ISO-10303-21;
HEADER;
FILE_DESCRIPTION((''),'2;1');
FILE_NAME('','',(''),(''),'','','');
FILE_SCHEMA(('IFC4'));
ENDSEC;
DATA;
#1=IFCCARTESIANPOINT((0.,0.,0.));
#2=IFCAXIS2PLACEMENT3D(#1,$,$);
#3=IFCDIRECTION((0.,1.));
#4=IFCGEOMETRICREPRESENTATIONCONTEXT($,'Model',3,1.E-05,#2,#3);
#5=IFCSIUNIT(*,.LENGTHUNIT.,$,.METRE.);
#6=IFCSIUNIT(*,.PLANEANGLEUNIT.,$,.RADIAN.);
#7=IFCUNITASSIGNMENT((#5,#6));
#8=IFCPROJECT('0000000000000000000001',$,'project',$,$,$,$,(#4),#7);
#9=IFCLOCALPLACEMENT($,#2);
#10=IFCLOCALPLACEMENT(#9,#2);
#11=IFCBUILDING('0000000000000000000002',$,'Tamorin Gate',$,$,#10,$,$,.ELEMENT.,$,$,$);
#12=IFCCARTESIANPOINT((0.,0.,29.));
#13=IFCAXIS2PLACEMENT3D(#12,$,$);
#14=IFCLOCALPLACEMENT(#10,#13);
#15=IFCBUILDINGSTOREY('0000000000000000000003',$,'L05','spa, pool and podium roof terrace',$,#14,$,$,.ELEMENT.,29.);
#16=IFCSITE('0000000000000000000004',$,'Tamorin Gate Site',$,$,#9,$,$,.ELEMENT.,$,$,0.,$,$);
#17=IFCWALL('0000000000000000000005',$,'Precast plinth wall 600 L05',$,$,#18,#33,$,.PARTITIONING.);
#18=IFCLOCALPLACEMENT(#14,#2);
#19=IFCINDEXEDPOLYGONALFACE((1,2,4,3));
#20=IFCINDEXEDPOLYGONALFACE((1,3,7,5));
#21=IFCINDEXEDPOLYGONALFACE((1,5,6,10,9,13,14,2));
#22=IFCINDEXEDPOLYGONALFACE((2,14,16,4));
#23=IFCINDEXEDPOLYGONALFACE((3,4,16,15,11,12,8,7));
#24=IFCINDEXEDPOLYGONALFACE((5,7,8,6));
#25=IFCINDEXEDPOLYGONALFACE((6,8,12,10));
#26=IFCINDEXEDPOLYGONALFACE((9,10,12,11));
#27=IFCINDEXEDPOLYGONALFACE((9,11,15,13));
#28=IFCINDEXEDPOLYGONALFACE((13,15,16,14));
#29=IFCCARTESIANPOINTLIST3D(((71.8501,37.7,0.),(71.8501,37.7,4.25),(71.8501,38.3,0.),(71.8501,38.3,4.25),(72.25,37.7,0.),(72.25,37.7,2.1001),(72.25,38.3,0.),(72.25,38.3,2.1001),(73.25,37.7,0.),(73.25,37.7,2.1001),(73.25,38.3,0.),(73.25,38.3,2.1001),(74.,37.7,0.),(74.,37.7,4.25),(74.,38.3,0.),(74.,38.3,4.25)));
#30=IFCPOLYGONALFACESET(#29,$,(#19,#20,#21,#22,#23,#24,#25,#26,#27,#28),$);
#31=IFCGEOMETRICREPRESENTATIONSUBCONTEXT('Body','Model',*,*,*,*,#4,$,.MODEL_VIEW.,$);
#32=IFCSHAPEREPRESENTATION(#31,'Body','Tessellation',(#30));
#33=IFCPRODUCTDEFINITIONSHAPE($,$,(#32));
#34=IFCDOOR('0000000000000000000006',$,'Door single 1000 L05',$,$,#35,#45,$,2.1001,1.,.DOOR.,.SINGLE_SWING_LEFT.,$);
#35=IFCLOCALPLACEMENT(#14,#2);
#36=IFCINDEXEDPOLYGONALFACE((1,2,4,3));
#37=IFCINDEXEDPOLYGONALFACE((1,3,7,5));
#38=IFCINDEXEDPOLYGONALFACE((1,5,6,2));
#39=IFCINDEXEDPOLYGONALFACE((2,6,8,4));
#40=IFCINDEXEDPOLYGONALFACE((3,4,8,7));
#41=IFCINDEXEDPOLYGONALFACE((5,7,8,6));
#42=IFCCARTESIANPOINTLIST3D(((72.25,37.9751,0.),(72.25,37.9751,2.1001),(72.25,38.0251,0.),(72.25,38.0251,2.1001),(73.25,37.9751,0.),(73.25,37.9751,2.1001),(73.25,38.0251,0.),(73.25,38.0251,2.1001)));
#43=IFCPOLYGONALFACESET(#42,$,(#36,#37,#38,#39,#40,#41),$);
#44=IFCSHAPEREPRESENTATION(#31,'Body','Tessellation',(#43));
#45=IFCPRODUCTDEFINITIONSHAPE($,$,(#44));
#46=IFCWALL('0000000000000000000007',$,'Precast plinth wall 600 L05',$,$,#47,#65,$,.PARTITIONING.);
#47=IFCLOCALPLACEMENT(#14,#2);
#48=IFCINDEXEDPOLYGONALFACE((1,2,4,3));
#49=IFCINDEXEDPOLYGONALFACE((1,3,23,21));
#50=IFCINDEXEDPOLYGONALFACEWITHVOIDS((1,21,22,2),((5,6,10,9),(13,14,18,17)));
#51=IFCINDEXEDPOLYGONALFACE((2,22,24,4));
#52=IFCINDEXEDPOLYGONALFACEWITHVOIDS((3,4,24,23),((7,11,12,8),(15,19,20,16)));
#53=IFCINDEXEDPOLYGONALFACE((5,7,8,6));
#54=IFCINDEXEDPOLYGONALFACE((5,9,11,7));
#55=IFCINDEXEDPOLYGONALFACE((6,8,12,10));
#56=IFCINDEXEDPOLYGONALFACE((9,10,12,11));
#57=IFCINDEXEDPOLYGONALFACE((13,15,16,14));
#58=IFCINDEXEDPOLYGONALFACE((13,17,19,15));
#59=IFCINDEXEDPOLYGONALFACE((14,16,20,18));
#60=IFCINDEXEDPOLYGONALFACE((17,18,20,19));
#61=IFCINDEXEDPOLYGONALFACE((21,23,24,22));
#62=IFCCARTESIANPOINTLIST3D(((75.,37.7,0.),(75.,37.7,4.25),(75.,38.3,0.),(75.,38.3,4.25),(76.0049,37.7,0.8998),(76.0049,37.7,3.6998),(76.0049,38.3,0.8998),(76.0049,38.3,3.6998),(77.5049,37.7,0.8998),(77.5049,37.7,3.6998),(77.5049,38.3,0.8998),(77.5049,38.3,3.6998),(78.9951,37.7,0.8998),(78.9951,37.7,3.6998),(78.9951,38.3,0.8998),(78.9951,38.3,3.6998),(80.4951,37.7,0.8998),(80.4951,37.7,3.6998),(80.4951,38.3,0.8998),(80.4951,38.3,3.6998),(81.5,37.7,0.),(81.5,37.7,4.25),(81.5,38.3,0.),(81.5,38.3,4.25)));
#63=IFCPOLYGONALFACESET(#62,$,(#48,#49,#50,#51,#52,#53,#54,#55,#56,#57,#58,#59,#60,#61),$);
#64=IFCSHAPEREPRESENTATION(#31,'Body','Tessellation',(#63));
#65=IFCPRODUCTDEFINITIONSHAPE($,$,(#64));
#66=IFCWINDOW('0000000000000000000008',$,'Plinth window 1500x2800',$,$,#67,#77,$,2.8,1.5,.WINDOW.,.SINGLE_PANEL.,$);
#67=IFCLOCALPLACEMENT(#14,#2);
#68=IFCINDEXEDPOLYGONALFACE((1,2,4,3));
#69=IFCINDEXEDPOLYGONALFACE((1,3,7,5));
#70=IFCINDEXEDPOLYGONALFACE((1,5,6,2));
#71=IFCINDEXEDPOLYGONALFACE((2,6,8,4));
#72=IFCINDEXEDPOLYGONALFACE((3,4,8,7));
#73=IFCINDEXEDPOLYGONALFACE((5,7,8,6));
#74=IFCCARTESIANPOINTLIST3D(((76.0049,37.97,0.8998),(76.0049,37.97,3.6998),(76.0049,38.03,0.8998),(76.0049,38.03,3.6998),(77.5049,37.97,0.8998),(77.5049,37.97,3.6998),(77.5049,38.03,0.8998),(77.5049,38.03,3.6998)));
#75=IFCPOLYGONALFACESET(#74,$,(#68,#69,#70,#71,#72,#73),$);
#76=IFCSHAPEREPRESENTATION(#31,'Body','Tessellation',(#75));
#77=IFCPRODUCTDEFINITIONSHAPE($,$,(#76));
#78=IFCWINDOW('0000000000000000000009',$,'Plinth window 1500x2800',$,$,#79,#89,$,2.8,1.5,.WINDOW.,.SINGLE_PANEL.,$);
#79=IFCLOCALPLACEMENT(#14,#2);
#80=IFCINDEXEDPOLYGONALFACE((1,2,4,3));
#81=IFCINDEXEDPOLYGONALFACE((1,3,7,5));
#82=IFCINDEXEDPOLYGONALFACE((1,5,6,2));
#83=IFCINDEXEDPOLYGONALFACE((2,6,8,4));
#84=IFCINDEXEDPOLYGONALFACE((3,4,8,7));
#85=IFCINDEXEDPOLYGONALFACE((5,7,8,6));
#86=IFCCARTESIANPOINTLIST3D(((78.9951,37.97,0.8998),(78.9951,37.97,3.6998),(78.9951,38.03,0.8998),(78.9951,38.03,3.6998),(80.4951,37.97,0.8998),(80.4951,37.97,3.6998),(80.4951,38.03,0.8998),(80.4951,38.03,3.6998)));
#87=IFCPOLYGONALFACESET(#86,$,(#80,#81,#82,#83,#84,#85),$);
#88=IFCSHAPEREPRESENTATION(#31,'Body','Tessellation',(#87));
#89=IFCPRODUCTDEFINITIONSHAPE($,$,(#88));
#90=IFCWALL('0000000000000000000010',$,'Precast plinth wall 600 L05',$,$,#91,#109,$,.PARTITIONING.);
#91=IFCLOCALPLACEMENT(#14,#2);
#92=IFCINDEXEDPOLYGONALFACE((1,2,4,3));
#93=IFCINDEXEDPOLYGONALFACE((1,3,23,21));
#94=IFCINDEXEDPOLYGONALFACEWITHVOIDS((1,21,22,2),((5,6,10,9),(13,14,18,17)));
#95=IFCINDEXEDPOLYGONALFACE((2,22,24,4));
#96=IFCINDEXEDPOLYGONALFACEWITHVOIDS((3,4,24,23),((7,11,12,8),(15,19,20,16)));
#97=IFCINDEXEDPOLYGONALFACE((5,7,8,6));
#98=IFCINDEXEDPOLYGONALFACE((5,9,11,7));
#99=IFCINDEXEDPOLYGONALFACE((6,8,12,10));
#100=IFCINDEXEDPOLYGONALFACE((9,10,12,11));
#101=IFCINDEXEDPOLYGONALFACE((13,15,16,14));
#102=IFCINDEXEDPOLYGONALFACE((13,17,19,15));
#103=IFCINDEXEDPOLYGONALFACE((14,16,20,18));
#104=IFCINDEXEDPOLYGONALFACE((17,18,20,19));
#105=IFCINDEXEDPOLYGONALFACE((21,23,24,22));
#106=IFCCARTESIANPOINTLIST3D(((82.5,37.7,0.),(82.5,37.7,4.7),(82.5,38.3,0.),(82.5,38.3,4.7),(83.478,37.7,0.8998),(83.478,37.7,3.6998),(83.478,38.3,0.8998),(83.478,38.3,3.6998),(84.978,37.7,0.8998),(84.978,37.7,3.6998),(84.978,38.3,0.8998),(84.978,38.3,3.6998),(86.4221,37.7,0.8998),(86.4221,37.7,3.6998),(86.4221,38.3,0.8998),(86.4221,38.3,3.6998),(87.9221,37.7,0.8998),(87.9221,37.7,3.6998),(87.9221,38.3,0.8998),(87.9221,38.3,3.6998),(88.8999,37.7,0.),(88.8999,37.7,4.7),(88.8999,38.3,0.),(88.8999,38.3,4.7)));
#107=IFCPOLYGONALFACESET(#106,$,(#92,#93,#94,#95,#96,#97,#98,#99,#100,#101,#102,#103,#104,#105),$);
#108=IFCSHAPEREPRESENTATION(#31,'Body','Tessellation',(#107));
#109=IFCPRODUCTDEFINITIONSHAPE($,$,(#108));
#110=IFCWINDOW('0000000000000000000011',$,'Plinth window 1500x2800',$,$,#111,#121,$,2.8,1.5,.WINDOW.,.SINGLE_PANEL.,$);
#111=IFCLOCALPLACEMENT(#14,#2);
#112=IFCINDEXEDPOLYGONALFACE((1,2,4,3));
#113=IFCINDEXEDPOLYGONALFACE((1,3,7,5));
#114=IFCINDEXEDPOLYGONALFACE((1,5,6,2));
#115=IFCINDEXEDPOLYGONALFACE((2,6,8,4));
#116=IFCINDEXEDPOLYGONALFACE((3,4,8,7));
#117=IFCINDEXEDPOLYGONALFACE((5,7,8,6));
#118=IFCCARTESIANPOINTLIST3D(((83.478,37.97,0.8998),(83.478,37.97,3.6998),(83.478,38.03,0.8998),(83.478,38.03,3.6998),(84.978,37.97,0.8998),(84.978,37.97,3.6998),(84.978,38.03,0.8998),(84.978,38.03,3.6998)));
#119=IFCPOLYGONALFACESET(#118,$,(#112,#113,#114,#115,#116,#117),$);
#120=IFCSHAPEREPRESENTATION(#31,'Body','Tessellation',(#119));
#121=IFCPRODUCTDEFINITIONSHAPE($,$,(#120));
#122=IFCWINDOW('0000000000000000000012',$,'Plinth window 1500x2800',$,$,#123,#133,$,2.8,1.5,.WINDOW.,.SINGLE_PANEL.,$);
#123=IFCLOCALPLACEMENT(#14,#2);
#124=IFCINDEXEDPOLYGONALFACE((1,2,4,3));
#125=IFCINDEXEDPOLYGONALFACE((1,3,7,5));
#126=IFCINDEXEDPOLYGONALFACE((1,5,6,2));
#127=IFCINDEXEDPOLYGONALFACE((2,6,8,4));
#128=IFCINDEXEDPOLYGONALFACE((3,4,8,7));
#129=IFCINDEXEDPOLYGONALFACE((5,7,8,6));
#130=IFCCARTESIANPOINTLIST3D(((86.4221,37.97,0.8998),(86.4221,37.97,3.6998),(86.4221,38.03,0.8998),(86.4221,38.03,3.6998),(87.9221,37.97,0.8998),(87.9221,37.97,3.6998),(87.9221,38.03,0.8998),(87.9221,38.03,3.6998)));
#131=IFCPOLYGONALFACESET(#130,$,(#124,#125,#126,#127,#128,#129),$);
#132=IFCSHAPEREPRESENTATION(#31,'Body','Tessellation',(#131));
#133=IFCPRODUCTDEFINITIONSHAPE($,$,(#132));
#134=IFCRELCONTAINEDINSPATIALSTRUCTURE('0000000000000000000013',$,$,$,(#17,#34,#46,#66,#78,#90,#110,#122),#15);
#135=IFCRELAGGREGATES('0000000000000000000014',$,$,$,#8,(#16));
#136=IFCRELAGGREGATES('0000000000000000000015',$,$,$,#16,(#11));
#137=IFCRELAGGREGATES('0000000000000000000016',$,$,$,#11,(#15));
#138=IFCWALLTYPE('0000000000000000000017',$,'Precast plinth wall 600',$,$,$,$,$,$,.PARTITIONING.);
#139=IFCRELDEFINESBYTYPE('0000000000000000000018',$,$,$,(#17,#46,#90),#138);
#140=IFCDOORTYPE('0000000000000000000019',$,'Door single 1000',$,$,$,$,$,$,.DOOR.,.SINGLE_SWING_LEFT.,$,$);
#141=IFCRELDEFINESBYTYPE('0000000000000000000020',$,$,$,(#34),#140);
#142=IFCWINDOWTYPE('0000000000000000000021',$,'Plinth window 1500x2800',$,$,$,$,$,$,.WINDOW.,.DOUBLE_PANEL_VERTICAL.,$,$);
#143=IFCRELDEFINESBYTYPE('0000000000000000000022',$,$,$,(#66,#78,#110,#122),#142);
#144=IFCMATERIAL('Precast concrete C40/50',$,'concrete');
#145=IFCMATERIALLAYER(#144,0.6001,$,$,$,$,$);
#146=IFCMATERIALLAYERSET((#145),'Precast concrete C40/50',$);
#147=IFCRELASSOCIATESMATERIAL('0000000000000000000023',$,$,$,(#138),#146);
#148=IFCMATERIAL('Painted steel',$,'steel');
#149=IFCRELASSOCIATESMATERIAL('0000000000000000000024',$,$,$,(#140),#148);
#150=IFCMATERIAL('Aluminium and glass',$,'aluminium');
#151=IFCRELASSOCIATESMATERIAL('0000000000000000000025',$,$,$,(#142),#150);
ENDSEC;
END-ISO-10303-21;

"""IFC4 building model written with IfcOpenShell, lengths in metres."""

from ifc_helpers import new_model, si_unit, direction, frame, frame_2d, origin, place, context, subcontext, project, spatial, rectangle, extrude, material, layer, layer_set, type_object, element, fill, save


model = new_model("IFC4")

# Units and contexts
model_context = context("Model", 3, precision=1e-05, world=origin(), true_north=direction((0.0, 1.0)))
body_context = subcontext(model_context, "Body", "Model", "MODEL_VIEW")
ifc_project = project(units=[si_unit("LENGTHUNIT", "METRE"), si_unit("PLANEANGLEUNIT", "RADIAN")], contexts=[model_context])

# Site, building, storey
site_placement = place(None, origin())
site = spatial("IfcSite", under=ifc_project, at=site_placement, Name="Tamorin Gate Site", CompositionType="ELEMENT", RefElevation=0.0)
building_placement = place(site_placement, origin())
building = spatial("IfcBuilding", under=site, at=building_placement, Name="Tamorin Gate", CompositionType="ELEMENT")
storey_placement = place(building_placement, frame((0.0, 0.0, 29.0)))
storey = spatial("IfcBuildingStorey", under=building, at=storey_placement, Name="L05", Description="spa, pool and podium roof terrace", CompositionType="ELEMENT", Elevation=29.0)

# Wall, opening, door
ifc_material_1 = material(Name="Precast concrete C40/50", Category="concrete")
ifc_layer_1 = layer(ifc_material_1, 0.6001)
ifc_layer_set_1 = layer_set([ifc_layer_1], Name="Precast concrete C40/50")
wall_type_1 = type_object("IfcWallType", Name="Precast plinth wall 600", PredefinedType="PARTITIONING", material=ifc_layer_set_1)
wall_1_placement = place(storey_placement, frame((74.0, 38.0, 0.0), z_axis=(0.0, 0.0, 1.0), x_axis=(-1.0, 0.0, 0.0)))
wall_1 = element("IfcWall", 1, at=wall_1_placement, inside=storey, type_object=wall_type_1, Name="Precast plinth wall 600 L05", PredefinedType="PARTITIONING", context=body_context, shape_type="SweptSolid", body=[
    extrude(rectangle(XDim=2.1499, YDim=0.6001, at=frame_2d((1.075, 0.0))), origin(), (0.0, 0.0, 1.0), 4.25),
])
opening_1_placement = place(wall_1_placement, frame((0.75, 0.0, 0.0)))
opening_1 = element("IfcOpeningElement", 2, at=opening_1_placement, cuts=wall_1, PredefinedType="OPENING", context=body_context, shape_type="SweptSolid", body=[
    extrude(rectangle(XDim=1.0, YDim=2.1001, at=frame_2d((0.5, 1.05))), frame((0.0, 0.3101, 0.0), z_axis=(0.0, -1.0, 0.0), x_axis=(1.0, 0.0, 0.0)), (0.0, 0.0, 1.0), 0.6201),
])
ifc_material_2 = material(Name="Painted steel", Category="steel")
door_type = type_object("IfcDoorType", Name="Door single 1000", OperationType="SINGLE_SWING_LEFT", PredefinedType="DOOR", material=ifc_material_2)
door_placement = place(opening_1_placement, origin())
door = element("IfcDoor", 3, at=door_placement, inside=storey, type_object=door_type, Name="Door single 1000 L05", OperationType="SINGLE_SWING_LEFT", OverallHeight=2.1001, OverallWidth=1.0, PredefinedType="DOOR", context=body_context, shape_type="SweptSolid", body=[
    extrude(rectangle(XDim=1.0, YDim=2.1001, at=frame_2d((0.5, 1.05))), frame((0.0, 0.0249, 0.0), z_axis=(0.0, -1.0, 0.0), x_axis=(1.0, 0.0, 0.0)), (0.0, 0.0, 1.0), 0.05),
])
fill(opening_1, door)

# Walls, openings, windows
wall_2_placement = place(storey_placement, frame((75.0, 38.0, 0.0), z_axis=(0.0, 0.0, 1.0), x_axis=(1.0, 0.0, 0.0)))
wall_2 = element("IfcWall", 4, at=wall_2_placement, inside=storey, type_object=wall_type_1, Name="Precast plinth wall 600 L05", PredefinedType="PARTITIONING", context=body_context, shape_type="SweptSolid", body=[
    extrude(rectangle(XDim=6.5, YDim=0.6001, at=frame_2d((3.25, 0.0))), origin(), (0.0, 0.0, 1.0), 4.25),
])
opening_2_placement = place(wall_2_placement, frame((1.0049, 0.0, 0.8999)))
opening_2 = element("IfcOpeningElement", 5, at=opening_2_placement, cuts=wall_2, PredefinedType="OPENING", context=body_context, shape_type="SweptSolid", body=[
    extrude(rectangle(XDim=1.5, YDim=2.8, at=frame_2d((0.75, 1.3999))), frame((0.0, 0.3101, 0.0), z_axis=(0.0, -1.0, 0.0), x_axis=(1.0, 0.0, 0.0)), (0.0, 0.0, 1.0), 0.6201),
])
opening_3_placement = place(wall_2_placement, frame((3.9951, 0.0, 0.8999)))
opening_3 = element("IfcOpeningElement", 6, at=opening_3_placement, cuts=wall_2, PredefinedType="OPENING", context=body_context, shape_type="SweptSolid", body=[
    extrude(rectangle(XDim=1.5, YDim=2.8, at=frame_2d((0.75, 1.3999))), frame((0.0, 0.3101, 0.0), z_axis=(0.0, -1.0, 0.0), x_axis=(1.0, 0.0, 0.0)), (0.0, 0.0, 1.0), 0.6201),
])
ifc_material_3 = material(Name="Aluminium and glass", Category="aluminium")
window_type = type_object("IfcWindowType", Name="Plinth window 1500x2800", PartitioningType="DOUBLE_PANEL_VERTICAL", PredefinedType="WINDOW", material=ifc_material_3)
window_1_placement = place(opening_2_placement, origin())
window_1 = element("IfcWindow", 7, at=window_1_placement, inside=storey, type_object=window_type, Name="Plinth window 1500x2800", OverallHeight=2.8, OverallWidth=1.5, PartitioningType="SINGLE_PANEL", PredefinedType="WINDOW", context=body_context, shape_type="SweptSolid", body=[
    extrude(rectangle(XDim=1.5, YDim=2.8, at=frame_2d((0.75, 1.3999))), frame((0.0, 0.03, 0.0), z_axis=(0.0, -1.0, 0.0), x_axis=(1.0, 0.0, 0.0)), (0.0, 0.0, 1.0), 0.0601),
])
fill(opening_2, window_1)
window_2_placement = place(opening_3_placement, origin())
window_2 = element("IfcWindow", 8, at=window_2_placement, inside=storey, type_object=window_type, Name="Plinth window 1500x2800", OverallHeight=2.8, OverallWidth=1.5, PartitioningType="SINGLE_PANEL", PredefinedType="WINDOW", context=body_context, shape_type="SweptSolid", body=[
    extrude(rectangle(XDim=1.5, YDim=2.8, at=frame_2d((0.75, 1.3999))), frame((0.0, 0.03, 0.0), z_axis=(0.0, -1.0, 0.0), x_axis=(1.0, 0.0, 0.0)), (0.0, 0.0, 1.0), 0.0601),
])
fill(opening_3, window_2)
wall_3_placement = place(storey_placement, frame((82.5, 38.0, 0.0), z_axis=(0.0, 0.0, 1.0), x_axis=(1.0, 0.0, 0.0)))
wall_3 = element("IfcWall", 9, at=wall_3_placement, inside=storey, type_object=wall_type_1, Name="Precast plinth wall 600 L05", PredefinedType="PARTITIONING", context=body_context, shape_type="SweptSolid", body=[
    extrude(rectangle(XDim=6.3999, YDim=0.6001, at=frame_2d((3.2, 0.0))), origin(), (0.0, 0.0, 1.0), 4.7),
])
opening_4_placement = place(wall_3_placement, frame((0.978, 0.0, 0.8999)))
opening_4 = element("IfcOpeningElement", 10, at=opening_4_placement, cuts=wall_3, PredefinedType="OPENING", context=body_context, shape_type="SweptSolid", body=[
    extrude(rectangle(XDim=1.5, YDim=2.8, at=frame_2d((0.75, 1.3999))), frame((0.0, 0.3101, 0.0), z_axis=(0.0, -1.0, 0.0), x_axis=(1.0, 0.0, 0.0)), (0.0, 0.0, 1.0), 0.6201),
])
opening_5_placement = place(wall_3_placement, frame((3.9221, 0.0, 0.8999)))
opening_5 = element("IfcOpeningElement", 11, at=opening_5_placement, cuts=wall_3, PredefinedType="OPENING", context=body_context, shape_type="SweptSolid", body=[
    extrude(rectangle(XDim=1.5, YDim=2.8, at=frame_2d((0.75, 1.3999))), frame((0.0, 0.3101, 0.0), z_axis=(0.0, -1.0, 0.0), x_axis=(1.0, 0.0, 0.0)), (0.0, 0.0, 1.0), 0.6201),
])
window_3_placement = place(opening_4_placement, origin())
window_3 = element("IfcWindow", 12, at=window_3_placement, inside=storey, type_object=window_type, Name="Plinth window 1500x2800", OverallHeight=2.8, OverallWidth=1.5, PartitioningType="SINGLE_PANEL", PredefinedType="WINDOW", context=body_context, shape_type="SweptSolid", body=[
    extrude(rectangle(XDim=1.5, YDim=2.8, at=frame_2d((0.75, 1.3999))), frame((0.0, 0.03, 0.0), z_axis=(0.0, -1.0, 0.0), x_axis=(1.0, 0.0, 0.0)), (0.0, 0.0, 1.0), 0.0601),
])
fill(opening_4, window_3)
window_4_placement = place(opening_5_placement, origin())
window_4 = element("IfcWindow", 13, at=window_4_placement, inside=storey, type_object=window_type, Name="Plinth window 1500x2800", OverallHeight=2.8, OverallWidth=1.5, PartitioningType="SINGLE_PANEL", PredefinedType="WINDOW", context=body_context, shape_type="SweptSolid", body=[
    extrude(rectangle(XDim=1.5, YDim=2.8, at=frame_2d((0.75, 1.3999))), frame((0.0, 0.03, 0.0), z_axis=(0.0, -1.0, 0.0), x_axis=(1.0, 0.0, 0.0)), (0.0, 0.0, 1.0), 0.0601),
])
fill(opening_5, window_4)

save(model, "model.ifc")
